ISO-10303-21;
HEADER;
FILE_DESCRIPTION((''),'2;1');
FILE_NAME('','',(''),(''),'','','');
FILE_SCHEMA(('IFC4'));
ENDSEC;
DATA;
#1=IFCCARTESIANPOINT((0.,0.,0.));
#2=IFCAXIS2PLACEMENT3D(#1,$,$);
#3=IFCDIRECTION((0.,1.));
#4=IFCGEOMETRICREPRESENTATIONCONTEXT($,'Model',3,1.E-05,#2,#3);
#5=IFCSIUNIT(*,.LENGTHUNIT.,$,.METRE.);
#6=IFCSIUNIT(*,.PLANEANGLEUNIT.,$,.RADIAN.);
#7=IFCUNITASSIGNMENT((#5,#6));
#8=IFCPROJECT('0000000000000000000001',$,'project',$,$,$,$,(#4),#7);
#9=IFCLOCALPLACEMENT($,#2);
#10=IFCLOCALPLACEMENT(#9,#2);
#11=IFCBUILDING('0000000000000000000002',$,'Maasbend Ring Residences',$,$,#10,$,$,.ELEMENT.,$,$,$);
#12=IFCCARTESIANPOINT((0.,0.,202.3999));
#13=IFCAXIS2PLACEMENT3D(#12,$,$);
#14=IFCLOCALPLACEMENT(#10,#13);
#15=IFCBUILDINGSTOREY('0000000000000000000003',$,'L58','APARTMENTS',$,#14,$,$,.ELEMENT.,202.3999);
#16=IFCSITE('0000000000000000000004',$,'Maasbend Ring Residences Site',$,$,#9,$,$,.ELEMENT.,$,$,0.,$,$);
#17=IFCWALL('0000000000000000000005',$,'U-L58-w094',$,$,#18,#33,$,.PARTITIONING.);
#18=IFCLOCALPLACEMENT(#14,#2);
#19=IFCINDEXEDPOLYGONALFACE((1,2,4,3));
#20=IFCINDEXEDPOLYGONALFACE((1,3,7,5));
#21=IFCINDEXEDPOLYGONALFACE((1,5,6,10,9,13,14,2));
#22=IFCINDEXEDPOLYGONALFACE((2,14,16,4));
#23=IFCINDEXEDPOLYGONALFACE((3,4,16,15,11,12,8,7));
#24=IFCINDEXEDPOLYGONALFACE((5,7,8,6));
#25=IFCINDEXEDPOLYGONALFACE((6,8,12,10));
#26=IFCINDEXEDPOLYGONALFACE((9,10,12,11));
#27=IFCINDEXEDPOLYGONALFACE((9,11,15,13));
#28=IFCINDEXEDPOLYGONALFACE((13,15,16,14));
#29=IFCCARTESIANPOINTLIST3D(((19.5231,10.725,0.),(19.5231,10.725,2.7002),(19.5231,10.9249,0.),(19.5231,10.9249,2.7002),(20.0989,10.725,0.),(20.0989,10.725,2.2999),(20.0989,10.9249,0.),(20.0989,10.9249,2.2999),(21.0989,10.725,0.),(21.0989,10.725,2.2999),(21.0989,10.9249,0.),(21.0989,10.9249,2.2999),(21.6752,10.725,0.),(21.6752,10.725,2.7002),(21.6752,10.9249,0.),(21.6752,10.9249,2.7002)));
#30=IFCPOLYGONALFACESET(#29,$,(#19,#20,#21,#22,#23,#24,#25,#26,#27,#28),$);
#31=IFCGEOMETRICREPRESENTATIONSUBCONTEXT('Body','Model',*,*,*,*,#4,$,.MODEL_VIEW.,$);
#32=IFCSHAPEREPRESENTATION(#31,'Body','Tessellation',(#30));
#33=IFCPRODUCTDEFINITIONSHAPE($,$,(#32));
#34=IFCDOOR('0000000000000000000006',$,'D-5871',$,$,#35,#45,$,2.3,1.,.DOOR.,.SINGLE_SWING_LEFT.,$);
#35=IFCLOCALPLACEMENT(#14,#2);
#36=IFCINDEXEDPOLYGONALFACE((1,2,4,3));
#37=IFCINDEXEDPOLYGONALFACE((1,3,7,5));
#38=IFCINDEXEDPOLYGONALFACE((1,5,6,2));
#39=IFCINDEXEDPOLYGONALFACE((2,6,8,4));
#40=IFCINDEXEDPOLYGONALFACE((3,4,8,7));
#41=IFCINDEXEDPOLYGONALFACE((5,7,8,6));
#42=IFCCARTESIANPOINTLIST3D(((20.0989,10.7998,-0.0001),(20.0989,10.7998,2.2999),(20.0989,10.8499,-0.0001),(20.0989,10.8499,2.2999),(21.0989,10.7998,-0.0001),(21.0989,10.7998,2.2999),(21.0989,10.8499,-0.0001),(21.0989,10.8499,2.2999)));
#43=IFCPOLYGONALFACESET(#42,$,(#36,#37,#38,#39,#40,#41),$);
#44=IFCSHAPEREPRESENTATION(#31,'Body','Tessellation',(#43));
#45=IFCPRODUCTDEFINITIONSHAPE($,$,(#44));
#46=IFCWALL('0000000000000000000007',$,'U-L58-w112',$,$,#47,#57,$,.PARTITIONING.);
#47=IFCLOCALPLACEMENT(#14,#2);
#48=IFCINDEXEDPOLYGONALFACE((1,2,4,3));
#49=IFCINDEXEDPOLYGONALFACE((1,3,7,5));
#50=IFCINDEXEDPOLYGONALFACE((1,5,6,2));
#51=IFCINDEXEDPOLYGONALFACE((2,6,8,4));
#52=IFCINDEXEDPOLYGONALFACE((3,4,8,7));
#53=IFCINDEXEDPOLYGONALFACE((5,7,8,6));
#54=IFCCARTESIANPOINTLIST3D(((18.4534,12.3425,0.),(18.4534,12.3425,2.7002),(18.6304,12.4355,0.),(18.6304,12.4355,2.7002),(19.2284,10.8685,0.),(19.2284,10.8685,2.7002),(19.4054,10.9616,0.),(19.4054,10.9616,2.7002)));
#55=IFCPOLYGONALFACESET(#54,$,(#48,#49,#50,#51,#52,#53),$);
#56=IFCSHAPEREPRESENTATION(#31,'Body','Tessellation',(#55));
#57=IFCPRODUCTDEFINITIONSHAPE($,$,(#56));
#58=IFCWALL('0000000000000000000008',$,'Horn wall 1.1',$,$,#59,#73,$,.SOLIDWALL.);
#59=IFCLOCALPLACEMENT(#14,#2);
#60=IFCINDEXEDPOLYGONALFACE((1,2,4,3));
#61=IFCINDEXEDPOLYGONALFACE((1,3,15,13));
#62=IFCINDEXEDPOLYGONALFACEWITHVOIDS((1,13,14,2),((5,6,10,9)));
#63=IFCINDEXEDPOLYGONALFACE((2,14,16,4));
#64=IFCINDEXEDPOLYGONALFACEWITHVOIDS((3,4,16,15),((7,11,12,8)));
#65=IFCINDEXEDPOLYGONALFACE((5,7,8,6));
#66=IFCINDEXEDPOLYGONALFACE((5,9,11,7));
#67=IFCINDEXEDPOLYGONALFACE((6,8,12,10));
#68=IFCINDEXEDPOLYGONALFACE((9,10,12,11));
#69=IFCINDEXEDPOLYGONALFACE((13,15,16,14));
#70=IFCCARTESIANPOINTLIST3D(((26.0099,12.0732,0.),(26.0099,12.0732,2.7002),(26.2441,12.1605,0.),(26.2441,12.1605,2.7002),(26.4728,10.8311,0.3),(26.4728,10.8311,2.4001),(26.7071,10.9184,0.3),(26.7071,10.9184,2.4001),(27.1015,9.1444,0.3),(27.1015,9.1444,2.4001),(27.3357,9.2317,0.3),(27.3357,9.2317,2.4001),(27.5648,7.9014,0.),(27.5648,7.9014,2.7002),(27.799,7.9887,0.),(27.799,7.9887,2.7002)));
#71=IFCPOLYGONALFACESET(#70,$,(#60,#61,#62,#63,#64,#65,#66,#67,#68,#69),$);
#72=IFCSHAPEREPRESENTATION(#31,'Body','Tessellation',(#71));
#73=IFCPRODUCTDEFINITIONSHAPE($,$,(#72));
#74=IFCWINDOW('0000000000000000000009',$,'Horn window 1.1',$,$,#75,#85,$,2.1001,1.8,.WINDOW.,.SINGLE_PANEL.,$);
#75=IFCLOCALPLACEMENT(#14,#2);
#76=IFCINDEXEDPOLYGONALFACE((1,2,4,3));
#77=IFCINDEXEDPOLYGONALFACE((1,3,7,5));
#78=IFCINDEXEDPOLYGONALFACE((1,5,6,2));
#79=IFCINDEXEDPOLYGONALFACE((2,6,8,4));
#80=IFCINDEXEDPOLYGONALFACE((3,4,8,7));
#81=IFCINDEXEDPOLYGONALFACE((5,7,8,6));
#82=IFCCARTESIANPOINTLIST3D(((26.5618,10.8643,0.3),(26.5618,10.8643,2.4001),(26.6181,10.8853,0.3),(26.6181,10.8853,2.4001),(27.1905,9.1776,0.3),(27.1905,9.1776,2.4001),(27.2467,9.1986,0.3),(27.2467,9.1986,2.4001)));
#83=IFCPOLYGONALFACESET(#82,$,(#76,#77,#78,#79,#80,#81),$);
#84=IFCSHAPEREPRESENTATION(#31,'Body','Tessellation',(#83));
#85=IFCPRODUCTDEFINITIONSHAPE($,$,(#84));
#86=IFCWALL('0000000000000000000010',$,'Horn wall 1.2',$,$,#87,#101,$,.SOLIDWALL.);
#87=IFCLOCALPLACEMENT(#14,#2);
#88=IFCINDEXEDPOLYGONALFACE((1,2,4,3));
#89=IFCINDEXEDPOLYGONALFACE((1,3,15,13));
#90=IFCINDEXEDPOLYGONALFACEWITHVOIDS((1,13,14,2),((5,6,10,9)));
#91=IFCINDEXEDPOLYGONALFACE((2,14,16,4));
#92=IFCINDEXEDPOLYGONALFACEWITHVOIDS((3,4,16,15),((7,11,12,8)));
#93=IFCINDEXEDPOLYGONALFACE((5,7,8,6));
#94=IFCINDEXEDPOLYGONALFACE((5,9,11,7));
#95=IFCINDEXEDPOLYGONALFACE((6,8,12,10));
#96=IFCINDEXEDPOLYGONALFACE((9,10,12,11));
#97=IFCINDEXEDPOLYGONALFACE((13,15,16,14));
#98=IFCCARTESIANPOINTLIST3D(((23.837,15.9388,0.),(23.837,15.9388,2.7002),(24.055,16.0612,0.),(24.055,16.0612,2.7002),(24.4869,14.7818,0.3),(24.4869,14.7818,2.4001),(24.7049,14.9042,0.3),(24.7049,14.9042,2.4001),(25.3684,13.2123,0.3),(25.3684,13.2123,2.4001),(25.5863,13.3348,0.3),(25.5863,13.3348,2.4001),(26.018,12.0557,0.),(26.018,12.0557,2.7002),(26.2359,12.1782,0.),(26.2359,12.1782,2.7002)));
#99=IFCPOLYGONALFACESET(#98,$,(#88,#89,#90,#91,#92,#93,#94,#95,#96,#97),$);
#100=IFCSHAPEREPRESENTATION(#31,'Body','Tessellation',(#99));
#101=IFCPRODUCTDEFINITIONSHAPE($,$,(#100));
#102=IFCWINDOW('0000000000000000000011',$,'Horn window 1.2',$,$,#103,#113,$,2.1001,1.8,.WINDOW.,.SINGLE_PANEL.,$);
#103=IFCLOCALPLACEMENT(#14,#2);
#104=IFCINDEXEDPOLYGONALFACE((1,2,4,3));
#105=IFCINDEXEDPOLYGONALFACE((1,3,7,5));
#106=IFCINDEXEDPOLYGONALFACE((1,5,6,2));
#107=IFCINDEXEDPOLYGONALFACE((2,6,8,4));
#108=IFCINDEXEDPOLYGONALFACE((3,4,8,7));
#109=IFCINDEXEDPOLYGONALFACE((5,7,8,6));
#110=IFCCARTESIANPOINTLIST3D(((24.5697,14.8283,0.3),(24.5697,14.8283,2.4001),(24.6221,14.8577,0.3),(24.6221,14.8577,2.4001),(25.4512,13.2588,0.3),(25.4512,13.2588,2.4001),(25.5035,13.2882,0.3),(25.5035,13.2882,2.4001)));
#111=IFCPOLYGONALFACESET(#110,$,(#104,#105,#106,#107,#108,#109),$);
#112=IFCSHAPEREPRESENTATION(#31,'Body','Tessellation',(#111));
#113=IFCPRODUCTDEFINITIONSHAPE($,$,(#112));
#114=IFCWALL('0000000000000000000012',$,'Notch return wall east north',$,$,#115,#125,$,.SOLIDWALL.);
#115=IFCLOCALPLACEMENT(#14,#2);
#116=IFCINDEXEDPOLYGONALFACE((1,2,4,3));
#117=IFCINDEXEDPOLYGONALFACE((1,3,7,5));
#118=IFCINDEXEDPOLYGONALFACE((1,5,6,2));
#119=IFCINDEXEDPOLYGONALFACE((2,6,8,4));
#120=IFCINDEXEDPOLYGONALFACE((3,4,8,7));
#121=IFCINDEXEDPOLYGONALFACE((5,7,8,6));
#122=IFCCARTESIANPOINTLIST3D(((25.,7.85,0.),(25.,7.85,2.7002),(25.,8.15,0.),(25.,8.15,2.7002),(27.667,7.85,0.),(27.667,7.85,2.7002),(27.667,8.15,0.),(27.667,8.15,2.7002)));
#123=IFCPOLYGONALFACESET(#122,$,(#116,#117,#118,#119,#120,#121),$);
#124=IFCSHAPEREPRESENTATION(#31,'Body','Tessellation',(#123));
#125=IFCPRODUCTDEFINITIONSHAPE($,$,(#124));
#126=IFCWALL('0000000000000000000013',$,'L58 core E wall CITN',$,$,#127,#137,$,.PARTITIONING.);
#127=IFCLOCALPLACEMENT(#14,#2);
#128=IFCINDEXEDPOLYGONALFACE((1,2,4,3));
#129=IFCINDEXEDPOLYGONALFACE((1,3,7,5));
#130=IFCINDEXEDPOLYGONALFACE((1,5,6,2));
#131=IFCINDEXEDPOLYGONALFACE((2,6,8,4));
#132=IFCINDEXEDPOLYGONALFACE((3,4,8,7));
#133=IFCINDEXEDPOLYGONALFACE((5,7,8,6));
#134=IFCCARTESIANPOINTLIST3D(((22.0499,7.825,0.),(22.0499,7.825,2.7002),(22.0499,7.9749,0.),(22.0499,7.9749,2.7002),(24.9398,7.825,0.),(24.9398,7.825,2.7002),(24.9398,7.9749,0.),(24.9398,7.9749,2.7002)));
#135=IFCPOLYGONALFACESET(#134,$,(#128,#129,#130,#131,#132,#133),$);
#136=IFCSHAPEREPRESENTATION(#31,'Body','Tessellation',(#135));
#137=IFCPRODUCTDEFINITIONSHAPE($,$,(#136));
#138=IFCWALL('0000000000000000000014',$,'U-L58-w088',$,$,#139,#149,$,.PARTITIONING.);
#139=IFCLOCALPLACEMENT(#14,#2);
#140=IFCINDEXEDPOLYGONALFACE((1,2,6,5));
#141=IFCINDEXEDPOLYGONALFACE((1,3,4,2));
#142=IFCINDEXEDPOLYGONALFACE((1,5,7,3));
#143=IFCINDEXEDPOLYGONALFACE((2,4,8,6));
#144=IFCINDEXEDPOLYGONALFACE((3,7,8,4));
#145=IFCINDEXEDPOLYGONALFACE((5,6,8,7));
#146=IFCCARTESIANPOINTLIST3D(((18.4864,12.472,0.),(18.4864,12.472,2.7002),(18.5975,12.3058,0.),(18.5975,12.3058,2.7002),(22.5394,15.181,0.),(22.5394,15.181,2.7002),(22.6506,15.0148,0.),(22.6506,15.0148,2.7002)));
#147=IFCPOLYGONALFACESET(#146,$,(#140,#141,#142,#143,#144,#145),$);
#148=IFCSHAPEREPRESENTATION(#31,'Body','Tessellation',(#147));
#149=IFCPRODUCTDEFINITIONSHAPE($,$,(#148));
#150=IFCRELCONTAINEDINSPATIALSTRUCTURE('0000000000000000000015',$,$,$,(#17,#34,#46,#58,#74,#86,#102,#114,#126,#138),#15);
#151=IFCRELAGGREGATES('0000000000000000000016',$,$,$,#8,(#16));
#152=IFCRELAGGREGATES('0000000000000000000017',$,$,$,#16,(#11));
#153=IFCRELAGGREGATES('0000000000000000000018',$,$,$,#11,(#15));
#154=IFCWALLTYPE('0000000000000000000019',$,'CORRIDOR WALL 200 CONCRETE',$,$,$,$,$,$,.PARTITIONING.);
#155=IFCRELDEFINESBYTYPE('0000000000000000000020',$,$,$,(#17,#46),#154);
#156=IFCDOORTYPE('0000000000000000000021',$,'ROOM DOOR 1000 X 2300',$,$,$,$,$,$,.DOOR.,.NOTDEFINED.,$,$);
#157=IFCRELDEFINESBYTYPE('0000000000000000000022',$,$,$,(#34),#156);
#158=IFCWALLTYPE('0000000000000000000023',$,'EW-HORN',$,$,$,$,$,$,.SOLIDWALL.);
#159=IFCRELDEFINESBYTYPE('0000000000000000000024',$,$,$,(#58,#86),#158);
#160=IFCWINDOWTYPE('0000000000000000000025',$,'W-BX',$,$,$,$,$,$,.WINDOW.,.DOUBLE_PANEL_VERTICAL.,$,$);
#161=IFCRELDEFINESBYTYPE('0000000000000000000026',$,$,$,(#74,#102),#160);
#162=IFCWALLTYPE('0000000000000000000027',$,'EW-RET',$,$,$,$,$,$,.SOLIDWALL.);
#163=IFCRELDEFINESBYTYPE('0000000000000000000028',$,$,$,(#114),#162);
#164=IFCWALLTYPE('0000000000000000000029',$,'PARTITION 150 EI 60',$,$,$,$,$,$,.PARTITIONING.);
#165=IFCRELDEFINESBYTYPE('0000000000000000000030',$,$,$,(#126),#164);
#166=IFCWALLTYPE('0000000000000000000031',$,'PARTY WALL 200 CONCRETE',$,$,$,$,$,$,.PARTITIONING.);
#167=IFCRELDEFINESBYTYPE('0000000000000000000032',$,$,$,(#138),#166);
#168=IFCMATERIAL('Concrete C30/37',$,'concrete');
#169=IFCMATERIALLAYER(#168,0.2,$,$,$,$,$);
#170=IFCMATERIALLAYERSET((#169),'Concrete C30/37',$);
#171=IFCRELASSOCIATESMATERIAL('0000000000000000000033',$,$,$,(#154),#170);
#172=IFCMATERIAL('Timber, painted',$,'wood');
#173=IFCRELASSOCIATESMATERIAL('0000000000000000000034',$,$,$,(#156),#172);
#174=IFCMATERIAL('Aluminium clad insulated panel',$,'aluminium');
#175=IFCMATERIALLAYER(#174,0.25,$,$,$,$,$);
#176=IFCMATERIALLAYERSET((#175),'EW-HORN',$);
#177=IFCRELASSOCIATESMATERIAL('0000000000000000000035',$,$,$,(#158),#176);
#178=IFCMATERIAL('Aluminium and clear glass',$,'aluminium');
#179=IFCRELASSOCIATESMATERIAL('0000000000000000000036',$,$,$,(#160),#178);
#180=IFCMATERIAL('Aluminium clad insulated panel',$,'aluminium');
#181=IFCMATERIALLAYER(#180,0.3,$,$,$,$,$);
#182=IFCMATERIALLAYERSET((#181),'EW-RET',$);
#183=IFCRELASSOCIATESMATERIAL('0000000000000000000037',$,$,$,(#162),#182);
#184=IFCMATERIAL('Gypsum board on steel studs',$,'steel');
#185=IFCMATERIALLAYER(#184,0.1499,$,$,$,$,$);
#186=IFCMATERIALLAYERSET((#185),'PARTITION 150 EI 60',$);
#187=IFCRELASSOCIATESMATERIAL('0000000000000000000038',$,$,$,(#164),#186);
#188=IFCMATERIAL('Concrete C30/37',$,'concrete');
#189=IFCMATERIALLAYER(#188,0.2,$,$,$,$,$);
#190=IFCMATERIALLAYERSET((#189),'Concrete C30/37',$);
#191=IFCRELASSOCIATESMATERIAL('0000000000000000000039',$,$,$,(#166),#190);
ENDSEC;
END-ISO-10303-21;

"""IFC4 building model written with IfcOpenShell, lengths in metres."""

from ifc_helpers import new_model, si_unit, direction, frame, frame_2d, origin, place, context, subcontext, project, spatial, rectangle, extrude, material, layer, layer_set, type_object, element, fill, save


model = new_model("IFC4")

# Units and contexts
model_context = context("Model", 3, precision=1e-05, world=origin(), true_north=direction((0.0, 1.0)))
body_context = subcontext(model_context, "Body", "Model", "MODEL_VIEW")
ifc_project = project(units=[si_unit("LENGTHUNIT", "METRE"), si_unit("PLANEANGLEUNIT", "RADIAN")], contexts=[model_context])

# Site, building, storey
site_placement = place(None, origin())
site = spatial("IfcSite", under=ifc_project, at=site_placement, Name="Maasbend Ring Residences Site", CompositionType="ELEMENT", RefElevation=0.0)
building_placement = place(site_placement, origin())
building = spatial("IfcBuilding", under=site, at=building_placement, Name="Maasbend Ring Residences", CompositionType="ELEMENT")
storey_placement = place(building_placement, frame((0.0, 0.0, 202.3999)))
storey = spatial("IfcBuildingStorey", under=building, at=storey_placement, Name="L58", Description="APARTMENTS", CompositionType="ELEMENT", Elevation=202.3999)

# Shared definitions
ifc_material_1 = material(Name="Concrete C30/37", Category="concrete")
ifc_layer_1 = layer(ifc_material_1, 0.2)
ifc_layer_set_1 = layer_set([ifc_layer_1], Name="Concrete C30/37")
wall_type_1 = type_object("IfcWallType", Name="CORRIDOR WALL 200 CONCRETE", PredefinedType="PARTITIONING", material=ifc_layer_set_1)

# Wall, opening, door
wall_1_placement = place(storey_placement, frame((19.5229, 10.825, 0.0), z_axis=(0.0, 0.0, 1.0), x_axis=(1.0, 0.0, 0.0)))
wall_1 = element("IfcWall", 1, at=wall_1_placement, inside=storey, type_object=wall_type_1, Name="U-L58-w094", PredefinedType="PARTITIONING", context=body_context, shape_type="SweptSolid", body=[
    extrude(rectangle(XDim=2.1521, YDim=0.2, at=frame_2d((1.0762, 0.0))), origin(), (0.0, 0.0, 1.0), 2.7002),
])
opening_1_placement = place(wall_1_placement, frame((0.5759, 0.0, 0.0)))
opening_1 = element("IfcOpeningElement", 2, at=opening_1_placement, cuts=wall_1, PredefinedType="OPENING", context=body_context, shape_type="SweptSolid", body=[
    extrude(rectangle(XDim=1.0, YDim=2.3, at=frame_2d((0.5, 1.1499))), frame((0.0, 0.1099, 0.0), z_axis=(0.0, -1.0, 0.0), x_axis=(1.0, 0.0, 0.0)), (0.0, 0.0, 1.0), 0.22),
])
ifc_material_2 = material(Name="Timber, painted", Category="wood")
door_type_1 = type_object("IfcDoorType", Name="ROOM DOOR 1000 X 2300", OperationType="NOTDEFINED", PredefinedType="DOOR", material=ifc_material_2)
door_1_placement = place(opening_1_placement, origin())
door_1 = element("IfcDoor", 3, at=door_1_placement, inside=storey, type_object=door_type_1, Name="D-5871", OperationType="SINGLE_SWING_LEFT", OverallHeight=2.3, OverallWidth=1.0, PredefinedType="DOOR", context=body_context, shape_type="SweptSolid", body=[
    extrude(rectangle(XDim=1.0, YDim=2.3, at=frame_2d((0.5, 1.1499))), frame((0.0, 0.0249, 0.0), z_axis=(0.0, -1.0, 0.0), x_axis=(1.0, 0.0, 0.0)), (0.0, 0.0, 1.0), 0.05),
])
fill(opening_1, door_1)

# Wall
wall_2_placement = place(storey_placement, frame((18.542, 12.3889, 0.0), z_axis=(0.0, 0.0, 1.0), x_axis=(0.46536, -0.885122, 0.0)))
element("IfcWall", 4, at=wall_2_placement, inside=storey, type_object=wall_type_1, Name="U-L58-w112", PredefinedType="PARTITIONING", context=body_context, shape_type="SweptSolid", body=[
    extrude(rectangle(XDim=1.6653, YDim=0.2, at=frame_2d((0.8325, 0.0))), origin(), (0.0, 0.0, 1.0), 2.7002),
])

# Walls, openings, windows
ifc_material_3 = material(Name="Aluminium clad insulated panel", Category="aluminium")
ifc_layer_2 = layer(ifc_material_3, 0.25)
ifc_layer_set_2 = layer_set([ifc_layer_2], Name="EW-HORN")
wall_type_2 = type_object("IfcWallType", Name="EW-HORN", PredefinedType="SOLIDWALL", material=ifc_layer_set_2)
wall_3_placement = place(storey_placement, frame((27.6819, 7.9451, 0.0), z_axis=(0.0, 0.0, 1.0), x_axis=(-0.349248, 0.93703, 0.0)))
wall_3 = element("IfcWall", 5, at=wall_3_placement, inside=storey, type_object=wall_type_2, Name="Horn wall 1.1", PredefinedType="SOLIDWALL", context=body_context, shape_type="SweptSolid", body=[
    extrude(rectangle(XDim=4.4521, YDim=0.25, at=frame_2d((2.2261, 0.0))), origin(), (0.0, 0.0, 1.0), 2.7002),
])
opening_2_placement = place(wall_3_placement, frame((1.3267, 0.0, 0.3)))
opening_2 = element("IfcOpeningElement", 6, at=opening_2_placement, cuts=wall_3, PredefinedType="OPENING", context=body_context, shape_type="SweptSolid", body=[
    extrude(rectangle(XDim=1.8, YDim=2.1001, at=frame_2d((0.8999, 1.05))), frame((0.0, 0.135, 0.0), z_axis=(0.0, -1.0, 0.0), x_axis=(1.0, 0.0, 0.0)), (0.0, 0.0, 1.0), 0.27),
])
ifc_material_4 = material(Name="Aluminium and clear glass", Category="aluminium")
window_type = type_object("IfcWindowType", Name="W-BX", PartitioningType="DOUBLE_PANEL_VERTICAL", PredefinedType="WINDOW", material=ifc_material_4)
window_1_placement = place(opening_2_placement, origin())
window_1 = element("IfcWindow", 7, at=window_1_placement, inside=storey, type_object=window_type, Name="Horn window 1.1", OverallHeight=2.1001, OverallWidth=1.8, PartitioningType="SINGLE_PANEL", PredefinedType="WINDOW", context=body_context, shape_type="SweptSolid", body=[
    extrude(rectangle(XDim=1.8, YDim=2.1001, at=frame_2d((0.8999, 1.05))), frame((0.0, 0.03, 0.0), z_axis=(0.0, -1.0, 0.0), x_axis=(1.0, 0.0, 0.0)), (0.0, 0.0, 1.0), 0.0601),
])
fill(opening_2, window_1)
wall_4_placement = place(storey_placement, frame((26.127, 12.1169, 0.0), z_axis=(0.0, 0.0, 1.0), x_axis=(-0.489696, 0.871893, 0.0)))
wall_4 = element("IfcWall", 8, at=wall_4_placement, inside=storey, type_object=wall_type_2, Name="Horn wall 1.2", PredefinedType="SOLIDWALL", context=body_context, shape_type="SweptSolid", body=[
    extrude(rectangle(XDim=4.4536, YDim=0.25, at=frame_2d((2.2268, 0.0))), origin(), (0.0, 0.0, 1.0), 2.7002),
])
opening_3_placement = place(wall_4_placement, frame((1.3267, 0.0, 0.3)))
opening_3 = element("IfcOpeningElement", 9, at=opening_3_placement, cuts=wall_4, PredefinedType="OPENING", context=body_context, shape_type="SweptSolid", body=[
    extrude(rectangle(XDim=1.8, YDim=2.1001, at=frame_2d((0.8999, 1.05))), frame((0.0, 0.135, 0.0), z_axis=(0.0, -1.0, 0.0), x_axis=(1.0, 0.0, 0.0)), (0.0, 0.0, 1.0), 0.27),
])
window_2_placement = place(opening_3_placement, origin())
window_2 = element("IfcWindow", 10, at=window_2_placement, inside=storey, type_object=window_type, Name="Horn window 1.2", OverallHeight=2.1001, OverallWidth=1.8, PartitioningType="SINGLE_PANEL", PredefinedType="WINDOW", context=body_context, shape_type="SweptSolid", body=[
    extrude(rectangle(XDim=1.8, YDim=2.1001, at=frame_2d((0.8999, 1.05))), frame((0.0, 0.03, 0.0), z_axis=(0.0, -1.0, 0.0), x_axis=(1.0, 0.0, 0.0)), (0.0, 0.0, 1.0), 0.0601),
])
fill(opening_3, window_2)

# Walls
ifc_material_5 = material(Name="Aluminium clad insulated panel", Category="aluminium")
ifc_layer_3 = layer(ifc_material_5, 0.3)
ifc_layer_set_3 = layer_set([ifc_layer_3], Name="EW-RET")
wall_type_3 = type_object("IfcWallType", Name="EW-RET", PredefinedType="SOLIDWALL", material=ifc_layer_set_3)
wall_5_placement = place(storey_placement, frame((25.0, 8.0, 0.0), z_axis=(0.0, 0.0, 1.0), x_axis=(1.0, 0.0, 0.0)))
element("IfcWall", 11, at=wall_5_placement, inside=storey, type_object=wall_type_3, Name="Notch return wall east north", PredefinedType="SOLIDWALL", context=body_context, shape_type="SweptSolid", body=[
    extrude(rectangle(XDim=2.667, YDim=0.3, at=frame_2d((1.3335, 0.0))), origin(), (0.0, 0.0, 1.0), 2.7002),
])
ifc_material_6 = material(Name="Gypsum board on steel studs", Category="steel")
ifc_layer_4 = layer(ifc_material_6, 0.1499)
ifc_layer_set_4 = layer_set([ifc_layer_4], Name="PARTITION 150 EI 60")
wall_type_4 = type_object("IfcWallType", Name="PARTITION 150 EI 60", PredefinedType="PARTITIONING", material=ifc_layer_set_4)
wall_6_placement = place(storey_placement, frame((22.05, 7.8999, 0.0), z_axis=(0.0, 0.0, 1.0), x_axis=(1.0, 0.0, 0.0)))
element("IfcWall", 12, at=wall_6_placement, inside=storey, type_object=wall_type_4, Name="L58 core E wall CITN", PredefinedType="PARTITIONING", context=body_context, shape_type="SweptSolid", body=[
    extrude(rectangle(XDim=2.8899, YDim=0.1499, at=frame_2d((1.4448, 0.0))), origin(), (0.0, 0.0, 1.0), 2.7002),
])
ifc_material_7 = material(Name="Concrete C30/37", Category="concrete")
ifc_layer_5 = layer(ifc_material_7, 0.2)
ifc_layer_set_5 = layer_set([ifc_layer_5], Name="Concrete C30/37")
wall_type_5 = type_object("IfcWallType", Name="PARTY WALL 200 CONCRETE", PredefinedType="PARTITIONING", material=ifc_layer_set_5)
wall_7_placement = place(storey_placement, frame((18.542, 12.3889, 0.0), z_axis=(0.0, 0.0, 1.0), x_axis=(0.831387, 0.555694, 0.0)))
element("IfcWall", 13, at=wall_7_placement, inside=storey, type_object=wall_type_5, Name="U-L58-w088", PredefinedType="PARTITIONING", context=body_context, shape_type="SweptSolid", body=[
    extrude(rectangle(XDim=4.875, YDim=0.2, at=frame_2d((2.4375, 0.0))), origin(), (0.0, 0.0, 1.0), 2.7002),
])

save(model, "model.ifc")
